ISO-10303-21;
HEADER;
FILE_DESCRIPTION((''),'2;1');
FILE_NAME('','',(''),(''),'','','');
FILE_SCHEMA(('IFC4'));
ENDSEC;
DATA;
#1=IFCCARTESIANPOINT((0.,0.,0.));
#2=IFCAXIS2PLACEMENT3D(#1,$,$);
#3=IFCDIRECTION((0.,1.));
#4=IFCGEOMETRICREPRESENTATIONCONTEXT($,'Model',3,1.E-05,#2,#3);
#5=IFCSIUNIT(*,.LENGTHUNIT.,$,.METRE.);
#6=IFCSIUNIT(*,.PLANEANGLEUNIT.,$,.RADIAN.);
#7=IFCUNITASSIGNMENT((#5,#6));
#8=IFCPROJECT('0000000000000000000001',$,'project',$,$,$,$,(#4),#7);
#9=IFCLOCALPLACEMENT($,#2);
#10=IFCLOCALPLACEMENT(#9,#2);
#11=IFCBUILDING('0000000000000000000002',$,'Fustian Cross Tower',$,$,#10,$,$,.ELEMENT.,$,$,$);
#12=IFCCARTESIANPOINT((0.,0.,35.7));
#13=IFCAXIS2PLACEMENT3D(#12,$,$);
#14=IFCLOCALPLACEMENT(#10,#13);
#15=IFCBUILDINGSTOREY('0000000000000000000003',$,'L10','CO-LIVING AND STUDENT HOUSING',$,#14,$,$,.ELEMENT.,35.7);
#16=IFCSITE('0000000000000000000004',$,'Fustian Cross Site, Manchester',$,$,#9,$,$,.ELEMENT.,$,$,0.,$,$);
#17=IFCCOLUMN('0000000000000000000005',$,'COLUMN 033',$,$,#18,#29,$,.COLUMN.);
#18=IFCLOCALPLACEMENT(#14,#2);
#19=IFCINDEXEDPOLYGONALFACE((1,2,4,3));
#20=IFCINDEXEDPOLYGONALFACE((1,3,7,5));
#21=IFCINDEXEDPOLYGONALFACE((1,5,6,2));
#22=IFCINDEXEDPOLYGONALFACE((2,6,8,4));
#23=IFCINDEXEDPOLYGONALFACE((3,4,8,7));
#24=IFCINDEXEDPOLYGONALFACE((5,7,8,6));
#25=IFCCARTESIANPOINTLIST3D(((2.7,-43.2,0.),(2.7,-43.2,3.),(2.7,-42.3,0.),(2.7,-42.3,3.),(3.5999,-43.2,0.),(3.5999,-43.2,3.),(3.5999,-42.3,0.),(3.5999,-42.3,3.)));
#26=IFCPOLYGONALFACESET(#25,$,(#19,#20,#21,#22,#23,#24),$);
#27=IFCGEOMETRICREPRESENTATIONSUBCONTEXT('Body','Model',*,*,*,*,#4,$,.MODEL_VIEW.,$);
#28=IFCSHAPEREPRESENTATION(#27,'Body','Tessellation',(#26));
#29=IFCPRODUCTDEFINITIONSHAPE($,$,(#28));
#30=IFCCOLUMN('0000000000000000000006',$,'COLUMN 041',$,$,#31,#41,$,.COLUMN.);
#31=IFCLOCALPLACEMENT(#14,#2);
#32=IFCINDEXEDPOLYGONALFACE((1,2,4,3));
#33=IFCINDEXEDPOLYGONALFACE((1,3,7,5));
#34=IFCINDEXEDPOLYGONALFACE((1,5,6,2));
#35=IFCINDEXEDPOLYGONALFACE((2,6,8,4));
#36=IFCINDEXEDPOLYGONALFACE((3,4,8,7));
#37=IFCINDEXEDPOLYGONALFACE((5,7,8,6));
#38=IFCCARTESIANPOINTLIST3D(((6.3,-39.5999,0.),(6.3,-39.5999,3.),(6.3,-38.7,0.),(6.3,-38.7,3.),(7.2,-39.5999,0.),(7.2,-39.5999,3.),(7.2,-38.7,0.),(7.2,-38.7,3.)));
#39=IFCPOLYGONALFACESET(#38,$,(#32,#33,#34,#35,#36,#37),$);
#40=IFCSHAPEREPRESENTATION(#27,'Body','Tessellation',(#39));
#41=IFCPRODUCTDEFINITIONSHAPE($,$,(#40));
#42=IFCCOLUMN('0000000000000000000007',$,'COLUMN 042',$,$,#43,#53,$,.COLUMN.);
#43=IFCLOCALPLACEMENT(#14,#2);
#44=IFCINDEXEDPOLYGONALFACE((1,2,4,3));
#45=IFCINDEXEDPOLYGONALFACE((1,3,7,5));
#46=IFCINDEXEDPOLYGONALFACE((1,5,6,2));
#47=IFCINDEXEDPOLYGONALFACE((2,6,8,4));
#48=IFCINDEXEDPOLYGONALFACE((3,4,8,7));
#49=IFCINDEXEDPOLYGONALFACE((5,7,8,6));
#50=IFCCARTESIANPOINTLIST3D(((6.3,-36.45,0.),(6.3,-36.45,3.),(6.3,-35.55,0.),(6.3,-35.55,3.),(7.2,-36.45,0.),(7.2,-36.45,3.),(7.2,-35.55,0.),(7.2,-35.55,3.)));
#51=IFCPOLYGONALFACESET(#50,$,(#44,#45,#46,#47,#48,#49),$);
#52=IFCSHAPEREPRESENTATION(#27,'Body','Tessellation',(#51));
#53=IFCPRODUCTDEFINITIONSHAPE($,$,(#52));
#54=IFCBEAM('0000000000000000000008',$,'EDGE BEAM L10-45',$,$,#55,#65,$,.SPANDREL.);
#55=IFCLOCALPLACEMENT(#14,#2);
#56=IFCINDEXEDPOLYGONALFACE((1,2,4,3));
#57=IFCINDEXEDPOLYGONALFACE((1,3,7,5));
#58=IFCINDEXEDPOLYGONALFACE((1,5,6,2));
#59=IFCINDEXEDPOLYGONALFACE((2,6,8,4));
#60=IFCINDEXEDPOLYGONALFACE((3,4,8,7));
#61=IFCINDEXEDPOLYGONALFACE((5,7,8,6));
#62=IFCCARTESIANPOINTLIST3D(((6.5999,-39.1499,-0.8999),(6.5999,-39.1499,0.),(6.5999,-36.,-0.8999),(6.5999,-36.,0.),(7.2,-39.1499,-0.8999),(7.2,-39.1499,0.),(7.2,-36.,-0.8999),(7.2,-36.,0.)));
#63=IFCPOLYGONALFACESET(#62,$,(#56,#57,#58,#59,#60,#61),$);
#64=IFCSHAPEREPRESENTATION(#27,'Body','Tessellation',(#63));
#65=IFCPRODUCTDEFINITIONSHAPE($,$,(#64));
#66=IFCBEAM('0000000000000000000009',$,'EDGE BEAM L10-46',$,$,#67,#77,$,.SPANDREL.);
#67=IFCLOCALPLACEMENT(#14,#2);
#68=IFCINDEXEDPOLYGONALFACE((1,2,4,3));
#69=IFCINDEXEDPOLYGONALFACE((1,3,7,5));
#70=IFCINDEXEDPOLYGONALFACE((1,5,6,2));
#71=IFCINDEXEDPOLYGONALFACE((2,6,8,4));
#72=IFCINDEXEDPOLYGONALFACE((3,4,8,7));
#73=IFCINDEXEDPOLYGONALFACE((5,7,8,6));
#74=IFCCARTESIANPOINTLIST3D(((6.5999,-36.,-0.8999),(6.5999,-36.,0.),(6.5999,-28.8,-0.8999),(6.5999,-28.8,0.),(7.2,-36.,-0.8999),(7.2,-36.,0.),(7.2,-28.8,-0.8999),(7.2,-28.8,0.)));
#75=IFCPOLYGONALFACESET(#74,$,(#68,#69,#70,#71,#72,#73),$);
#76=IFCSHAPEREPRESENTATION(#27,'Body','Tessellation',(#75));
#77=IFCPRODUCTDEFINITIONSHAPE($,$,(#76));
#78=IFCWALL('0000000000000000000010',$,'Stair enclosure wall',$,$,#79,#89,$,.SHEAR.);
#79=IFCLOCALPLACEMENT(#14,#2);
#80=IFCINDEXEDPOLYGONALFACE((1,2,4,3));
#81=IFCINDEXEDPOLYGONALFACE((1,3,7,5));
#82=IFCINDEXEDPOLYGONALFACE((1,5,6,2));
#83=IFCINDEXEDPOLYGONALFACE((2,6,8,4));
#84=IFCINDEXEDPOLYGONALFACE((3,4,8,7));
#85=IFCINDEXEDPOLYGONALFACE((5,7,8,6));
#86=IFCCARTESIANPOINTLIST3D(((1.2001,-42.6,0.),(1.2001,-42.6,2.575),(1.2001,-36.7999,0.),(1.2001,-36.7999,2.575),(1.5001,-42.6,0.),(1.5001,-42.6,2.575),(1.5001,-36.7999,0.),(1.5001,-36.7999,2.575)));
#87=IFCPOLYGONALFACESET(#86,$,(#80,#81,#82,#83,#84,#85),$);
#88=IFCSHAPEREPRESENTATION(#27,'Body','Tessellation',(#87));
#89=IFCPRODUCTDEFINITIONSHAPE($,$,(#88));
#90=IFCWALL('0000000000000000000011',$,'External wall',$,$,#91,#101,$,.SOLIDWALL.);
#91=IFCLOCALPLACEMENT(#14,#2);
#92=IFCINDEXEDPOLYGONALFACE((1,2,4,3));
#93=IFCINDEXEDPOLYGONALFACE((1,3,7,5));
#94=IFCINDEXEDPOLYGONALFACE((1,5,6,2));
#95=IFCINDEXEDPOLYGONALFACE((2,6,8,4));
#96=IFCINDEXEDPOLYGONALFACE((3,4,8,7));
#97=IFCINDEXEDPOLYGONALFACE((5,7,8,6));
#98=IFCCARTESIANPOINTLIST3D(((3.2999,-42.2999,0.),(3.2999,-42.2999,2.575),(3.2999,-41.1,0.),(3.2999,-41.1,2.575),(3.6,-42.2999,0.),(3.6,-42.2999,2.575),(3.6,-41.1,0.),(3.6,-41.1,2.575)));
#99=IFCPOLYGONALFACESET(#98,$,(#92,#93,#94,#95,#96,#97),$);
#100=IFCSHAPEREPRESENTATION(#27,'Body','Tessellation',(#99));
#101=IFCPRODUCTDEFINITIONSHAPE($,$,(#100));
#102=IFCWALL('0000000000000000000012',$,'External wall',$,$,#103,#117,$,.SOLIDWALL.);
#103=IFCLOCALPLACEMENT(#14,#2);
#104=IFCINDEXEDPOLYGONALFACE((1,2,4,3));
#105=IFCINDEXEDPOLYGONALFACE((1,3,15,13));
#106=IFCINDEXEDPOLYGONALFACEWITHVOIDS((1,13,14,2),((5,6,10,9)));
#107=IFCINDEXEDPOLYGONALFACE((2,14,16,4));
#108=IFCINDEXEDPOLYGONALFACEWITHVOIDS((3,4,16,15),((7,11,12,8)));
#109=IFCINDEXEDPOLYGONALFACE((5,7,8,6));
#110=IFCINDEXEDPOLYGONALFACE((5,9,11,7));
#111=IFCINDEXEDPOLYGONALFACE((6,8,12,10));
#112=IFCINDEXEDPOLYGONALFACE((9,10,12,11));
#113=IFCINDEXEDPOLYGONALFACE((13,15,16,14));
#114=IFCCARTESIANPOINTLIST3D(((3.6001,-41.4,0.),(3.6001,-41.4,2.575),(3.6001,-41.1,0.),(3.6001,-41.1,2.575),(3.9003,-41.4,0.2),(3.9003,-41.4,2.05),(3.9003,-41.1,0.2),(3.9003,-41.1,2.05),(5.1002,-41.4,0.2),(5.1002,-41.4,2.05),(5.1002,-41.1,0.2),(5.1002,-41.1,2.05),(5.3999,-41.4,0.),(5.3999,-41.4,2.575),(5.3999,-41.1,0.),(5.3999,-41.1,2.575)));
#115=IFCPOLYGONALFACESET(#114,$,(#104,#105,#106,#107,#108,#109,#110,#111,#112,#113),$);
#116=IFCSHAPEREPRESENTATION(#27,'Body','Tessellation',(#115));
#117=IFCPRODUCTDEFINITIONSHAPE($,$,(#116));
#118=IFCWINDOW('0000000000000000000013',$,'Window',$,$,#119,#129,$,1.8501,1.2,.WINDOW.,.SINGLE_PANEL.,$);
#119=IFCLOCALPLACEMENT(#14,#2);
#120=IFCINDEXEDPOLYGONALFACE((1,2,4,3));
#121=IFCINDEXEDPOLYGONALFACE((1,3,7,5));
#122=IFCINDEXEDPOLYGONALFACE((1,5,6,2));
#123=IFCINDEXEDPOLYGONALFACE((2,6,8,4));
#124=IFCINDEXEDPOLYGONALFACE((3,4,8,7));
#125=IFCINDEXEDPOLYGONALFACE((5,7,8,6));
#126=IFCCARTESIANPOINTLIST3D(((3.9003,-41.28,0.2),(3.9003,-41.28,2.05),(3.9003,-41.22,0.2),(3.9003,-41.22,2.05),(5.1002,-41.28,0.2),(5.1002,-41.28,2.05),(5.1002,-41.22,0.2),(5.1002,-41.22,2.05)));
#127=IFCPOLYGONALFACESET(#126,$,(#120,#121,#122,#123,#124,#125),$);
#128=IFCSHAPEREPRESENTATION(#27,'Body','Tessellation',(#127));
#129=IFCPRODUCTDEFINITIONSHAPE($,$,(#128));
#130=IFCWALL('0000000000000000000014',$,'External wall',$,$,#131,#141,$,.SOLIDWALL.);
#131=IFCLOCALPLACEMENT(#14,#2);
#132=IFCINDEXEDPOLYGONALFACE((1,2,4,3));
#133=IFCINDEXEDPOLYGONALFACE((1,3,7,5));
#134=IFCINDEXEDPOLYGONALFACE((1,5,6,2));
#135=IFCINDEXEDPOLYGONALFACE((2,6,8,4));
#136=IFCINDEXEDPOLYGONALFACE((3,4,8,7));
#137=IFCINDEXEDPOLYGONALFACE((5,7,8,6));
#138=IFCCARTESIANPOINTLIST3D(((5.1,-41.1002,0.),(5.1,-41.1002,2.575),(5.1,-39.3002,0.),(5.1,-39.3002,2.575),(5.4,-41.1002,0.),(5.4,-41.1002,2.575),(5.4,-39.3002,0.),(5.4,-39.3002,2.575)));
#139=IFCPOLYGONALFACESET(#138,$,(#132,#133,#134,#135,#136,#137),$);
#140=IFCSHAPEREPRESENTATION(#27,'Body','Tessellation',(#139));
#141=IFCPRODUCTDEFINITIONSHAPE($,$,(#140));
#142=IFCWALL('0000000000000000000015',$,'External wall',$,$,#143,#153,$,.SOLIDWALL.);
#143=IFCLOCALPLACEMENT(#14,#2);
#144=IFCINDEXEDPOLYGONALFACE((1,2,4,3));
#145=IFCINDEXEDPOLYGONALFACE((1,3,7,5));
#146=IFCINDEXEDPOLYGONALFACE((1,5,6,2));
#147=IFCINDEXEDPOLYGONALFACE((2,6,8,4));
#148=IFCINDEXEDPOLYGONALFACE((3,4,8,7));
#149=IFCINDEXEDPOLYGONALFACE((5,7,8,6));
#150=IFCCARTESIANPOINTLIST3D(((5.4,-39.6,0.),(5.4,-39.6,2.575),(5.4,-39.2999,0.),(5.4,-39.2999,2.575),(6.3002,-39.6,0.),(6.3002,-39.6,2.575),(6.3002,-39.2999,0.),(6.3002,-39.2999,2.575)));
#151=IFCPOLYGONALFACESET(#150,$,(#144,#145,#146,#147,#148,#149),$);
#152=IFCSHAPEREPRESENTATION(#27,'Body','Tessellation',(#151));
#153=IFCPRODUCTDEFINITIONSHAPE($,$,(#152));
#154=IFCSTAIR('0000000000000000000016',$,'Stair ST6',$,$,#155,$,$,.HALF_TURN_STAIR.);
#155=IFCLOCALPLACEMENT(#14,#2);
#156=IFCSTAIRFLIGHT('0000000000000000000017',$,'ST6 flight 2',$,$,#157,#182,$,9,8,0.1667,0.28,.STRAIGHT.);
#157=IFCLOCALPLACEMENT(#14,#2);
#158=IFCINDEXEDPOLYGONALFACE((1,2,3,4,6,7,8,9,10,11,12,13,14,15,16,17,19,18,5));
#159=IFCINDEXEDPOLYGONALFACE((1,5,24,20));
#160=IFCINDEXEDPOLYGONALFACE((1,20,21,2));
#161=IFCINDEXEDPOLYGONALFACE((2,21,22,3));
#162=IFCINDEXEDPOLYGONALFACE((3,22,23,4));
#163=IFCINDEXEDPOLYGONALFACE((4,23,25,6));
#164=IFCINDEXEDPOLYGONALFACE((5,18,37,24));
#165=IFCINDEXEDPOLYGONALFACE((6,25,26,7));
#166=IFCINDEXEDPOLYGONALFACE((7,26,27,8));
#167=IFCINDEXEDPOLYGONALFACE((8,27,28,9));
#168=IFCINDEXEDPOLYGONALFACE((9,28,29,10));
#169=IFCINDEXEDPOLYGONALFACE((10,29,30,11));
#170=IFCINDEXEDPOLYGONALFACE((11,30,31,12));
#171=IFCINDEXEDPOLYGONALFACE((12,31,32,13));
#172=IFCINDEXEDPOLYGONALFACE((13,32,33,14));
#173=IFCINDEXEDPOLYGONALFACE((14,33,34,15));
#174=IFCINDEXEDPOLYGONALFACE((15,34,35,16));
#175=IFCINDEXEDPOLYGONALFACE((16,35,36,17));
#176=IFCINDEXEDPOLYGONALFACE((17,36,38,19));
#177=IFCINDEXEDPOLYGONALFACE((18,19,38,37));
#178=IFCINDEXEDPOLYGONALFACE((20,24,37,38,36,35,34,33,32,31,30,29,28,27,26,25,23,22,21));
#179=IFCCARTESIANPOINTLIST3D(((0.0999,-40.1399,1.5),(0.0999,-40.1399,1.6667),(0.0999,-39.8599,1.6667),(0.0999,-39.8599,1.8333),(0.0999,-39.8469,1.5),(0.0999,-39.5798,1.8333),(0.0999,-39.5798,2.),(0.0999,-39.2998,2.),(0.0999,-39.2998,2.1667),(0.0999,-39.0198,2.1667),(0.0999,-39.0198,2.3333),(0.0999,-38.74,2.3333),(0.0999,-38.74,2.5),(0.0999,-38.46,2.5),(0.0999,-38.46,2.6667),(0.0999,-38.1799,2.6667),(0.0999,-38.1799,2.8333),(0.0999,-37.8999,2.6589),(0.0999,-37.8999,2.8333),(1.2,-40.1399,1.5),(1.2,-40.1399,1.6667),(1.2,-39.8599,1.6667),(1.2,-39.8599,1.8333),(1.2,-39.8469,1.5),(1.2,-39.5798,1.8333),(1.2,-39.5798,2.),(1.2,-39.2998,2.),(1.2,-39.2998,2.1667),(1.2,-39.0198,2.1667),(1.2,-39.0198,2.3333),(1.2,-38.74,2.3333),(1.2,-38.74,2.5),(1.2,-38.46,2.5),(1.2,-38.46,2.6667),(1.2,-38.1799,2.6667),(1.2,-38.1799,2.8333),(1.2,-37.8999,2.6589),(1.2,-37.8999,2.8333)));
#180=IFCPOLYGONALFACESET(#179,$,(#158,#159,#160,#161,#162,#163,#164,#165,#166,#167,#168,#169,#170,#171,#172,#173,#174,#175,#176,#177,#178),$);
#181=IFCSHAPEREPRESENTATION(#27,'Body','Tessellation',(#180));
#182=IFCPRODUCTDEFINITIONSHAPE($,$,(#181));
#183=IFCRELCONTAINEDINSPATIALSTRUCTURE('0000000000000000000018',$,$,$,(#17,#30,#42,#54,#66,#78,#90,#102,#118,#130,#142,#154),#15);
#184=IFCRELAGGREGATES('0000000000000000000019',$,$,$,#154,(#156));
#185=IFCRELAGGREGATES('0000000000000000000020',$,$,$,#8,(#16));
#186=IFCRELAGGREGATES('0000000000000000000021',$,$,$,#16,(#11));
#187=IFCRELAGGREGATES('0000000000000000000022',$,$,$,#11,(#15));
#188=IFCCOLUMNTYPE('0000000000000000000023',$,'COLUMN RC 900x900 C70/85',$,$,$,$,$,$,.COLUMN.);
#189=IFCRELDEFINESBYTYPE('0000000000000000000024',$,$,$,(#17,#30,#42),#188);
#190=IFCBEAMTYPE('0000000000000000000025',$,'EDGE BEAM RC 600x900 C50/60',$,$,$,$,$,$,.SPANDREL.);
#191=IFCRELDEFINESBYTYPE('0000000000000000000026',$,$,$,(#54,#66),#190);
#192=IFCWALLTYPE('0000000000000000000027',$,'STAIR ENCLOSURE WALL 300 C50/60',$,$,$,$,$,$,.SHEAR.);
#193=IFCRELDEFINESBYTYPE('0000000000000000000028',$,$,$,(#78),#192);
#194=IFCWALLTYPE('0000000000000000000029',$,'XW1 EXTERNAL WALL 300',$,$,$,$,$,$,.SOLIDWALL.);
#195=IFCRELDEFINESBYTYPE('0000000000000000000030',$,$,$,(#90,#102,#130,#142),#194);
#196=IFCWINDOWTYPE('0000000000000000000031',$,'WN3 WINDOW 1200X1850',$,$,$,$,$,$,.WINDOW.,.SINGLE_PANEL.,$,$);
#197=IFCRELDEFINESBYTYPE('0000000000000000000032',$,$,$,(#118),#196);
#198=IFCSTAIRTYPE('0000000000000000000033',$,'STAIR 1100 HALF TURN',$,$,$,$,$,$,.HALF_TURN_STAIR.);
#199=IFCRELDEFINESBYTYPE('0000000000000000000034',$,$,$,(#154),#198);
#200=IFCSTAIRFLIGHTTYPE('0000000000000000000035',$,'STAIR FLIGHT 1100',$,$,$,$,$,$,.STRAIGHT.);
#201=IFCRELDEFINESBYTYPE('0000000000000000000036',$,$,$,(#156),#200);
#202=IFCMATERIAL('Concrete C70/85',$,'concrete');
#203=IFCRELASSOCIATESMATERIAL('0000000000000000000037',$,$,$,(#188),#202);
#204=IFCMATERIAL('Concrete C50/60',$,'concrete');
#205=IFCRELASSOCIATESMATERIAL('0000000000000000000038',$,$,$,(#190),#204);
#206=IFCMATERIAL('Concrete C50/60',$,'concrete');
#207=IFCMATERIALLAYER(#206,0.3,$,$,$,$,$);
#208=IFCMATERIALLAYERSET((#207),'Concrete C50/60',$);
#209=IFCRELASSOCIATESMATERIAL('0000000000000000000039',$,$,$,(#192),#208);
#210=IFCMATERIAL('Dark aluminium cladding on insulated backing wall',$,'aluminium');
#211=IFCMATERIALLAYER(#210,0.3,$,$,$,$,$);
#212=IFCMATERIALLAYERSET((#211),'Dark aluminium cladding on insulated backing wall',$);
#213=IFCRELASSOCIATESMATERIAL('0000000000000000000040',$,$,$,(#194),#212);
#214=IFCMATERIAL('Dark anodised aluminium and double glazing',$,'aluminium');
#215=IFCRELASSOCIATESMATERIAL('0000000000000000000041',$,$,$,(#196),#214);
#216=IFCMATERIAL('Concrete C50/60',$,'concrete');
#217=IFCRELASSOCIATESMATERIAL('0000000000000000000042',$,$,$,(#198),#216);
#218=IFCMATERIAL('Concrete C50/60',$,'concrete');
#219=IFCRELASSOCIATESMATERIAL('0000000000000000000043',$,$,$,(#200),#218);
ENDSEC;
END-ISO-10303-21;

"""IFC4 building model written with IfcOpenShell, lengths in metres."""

from ifc_helpers import new_model, si_unit, direction, frame, frame_2d, origin, origin_2d, place, context, subcontext, project, spatial, polyline, rectangle, outline, extrude, material, layer, layer_set, material_profile, profile_set, type_object, element, fill, aggregate, save


model = new_model("IFC4")

# Units and contexts
model_context = context("Model", 3, precision=1e-05, world=origin(), true_north=direction((0.0, 1.0)))
body_context = subcontext(model_context, "Body", "Model", "MODEL_VIEW")
ifc_project = project(units=[si_unit("LENGTHUNIT", "METRE"), si_unit("PLANEANGLEUNIT", "RADIAN")], contexts=[model_context])

# Site, building, storey
site_placement = place(None, origin())
site = spatial("IfcSite", under=ifc_project, at=site_placement, Name="Fustian Cross Site, Manchester", CompositionType="ELEMENT", RefElevation=0.0)
building_placement = place(site_placement, origin())
building = spatial("IfcBuilding", under=site, at=building_placement, Name="Fustian Cross Tower", CompositionType="ELEMENT")
storey_placement = place(building_placement, frame((0.0, 0.0, 35.7)))
storey = spatial("IfcBuildingStorey", under=building, at=storey_placement, Name="L10", Description="CO-LIVING AND STUDENT HOUSING", CompositionType="ELEMENT", Elevation=35.7)

# Columns
ifc_material_1 = material(Name="Concrete C70/85", Category="concrete")
ifc_material_profile_1 = material_profile(ifc_material_1, rectangle(XDim=0.8999, YDim=0.8999, at=origin_2d()), Name="RC 900x900")
ifc_profile_set_1 = profile_set([ifc_material_profile_1], Name="Concrete C70/85")
column_type = type_object("IfcColumnType", Name="COLUMN RC 900x900 C70/85", PredefinedType="COLUMN", material=ifc_profile_set_1)
for number, where, z_axis, x_axis, name in (
    (1, (3.1499, -42.75, 0.0), (0.0, 0.0, 1.0), (1.0, 0.0, 0.0), "COLUMN 033"),
    (2, (6.75, -39.1499, 0.0), (0.0, 0.0, 1.0), (1.0, 0.0, 0.0), "COLUMN 041"),
    (3, (6.75, -36.0, 0.0), (0.0, 0.0, 1.0), (1.0, 0.0, 0.0), "COLUMN 042"),
):
    element("IfcColumn", number, at=place(storey_placement, frame(where, z_axis=z_axis, x_axis=x_axis)), inside=storey, type_object=column_type, Name=name, PredefinedType="COLUMN", context=body_context, shape_type="SweptSolid", body=[
        extrude(rectangle(XDim=0.8999, YDim=0.8999, at=origin_2d()), origin(), (0.0, 0.0, 1.0), 3.0),
    ])

# Beams
ifc_material_2 = material(Name="Concrete C50/60", Category="concrete")
ifc_material_profile_2 = material_profile(ifc_material_2, rectangle(XDim=0.6001, YDim=0.8999, at=origin_2d()), Name="RC 600x900")
ifc_profile_set_2 = profile_set([ifc_material_profile_2], Name="Concrete C50/60")
beam_type = type_object("IfcBeamType", Name="EDGE BEAM RC 600x900 C50/60", PredefinedType="SPANDREL", material=ifc_profile_set_2)
beam_1_placement = place(storey_placement, frame((6.8999, -39.1499, -0.45), z_axis=(0.0, 1.0, 0.0), x_axis=(-1.0, 0.0, 0.0)))
element("IfcBeam", 4, at=beam_1_placement, inside=storey, type_object=beam_type, Name="EDGE BEAM L10-45", PredefinedType="SPANDREL", context=body_context, shape_type="SweptSolid", body=[
    extrude(rectangle(XDim=0.6001, YDim=0.8999, at=origin_2d()), origin(), (0.0, 0.0, 1.0), 3.1499),
])
beam_2_placement = place(storey_placement, frame((6.8999, -36.0, -0.45), z_axis=(0.0, 1.0, 0.0), x_axis=(-1.0, 0.0, 0.0)))
element("IfcBeam", 5, at=beam_2_placement, inside=storey, type_object=beam_type, Name="EDGE BEAM L10-46", PredefinedType="SPANDREL", context=body_context, shape_type="SweptSolid", body=[
    extrude(rectangle(XDim=0.6001, YDim=0.8999, at=origin_2d()), origin(), (0.0, 0.0, 1.0), 7.2),
])

# Walls
ifc_material_3 = material(Name="Concrete C50/60", Category="concrete")
ifc_layer_1 = layer(ifc_material_3, 0.3)
ifc_layer_set_1 = layer_set([ifc_layer_1], Name="Concrete C50/60")
wall_type_1 = type_object("IfcWallType", Name="STAIR ENCLOSURE WALL 300 C50/60", PredefinedType="SHEAR", material=ifc_layer_set_1)
wall_1_placement = place(storey_placement, frame((1.3501, -36.8, 0.0), z_axis=(0.0, 0.0, 1.0), x_axis=(0.0, -1.0, 0.0)))
element("IfcWall", 6, at=wall_1_placement, inside=storey, type_object=wall_type_1, Name="Stair enclosure wall", PredefinedType="SHEAR", context=body_context, shape_type="SweptSolid", body=[
    extrude(rectangle(XDim=5.8, YDim=0.3, at=frame_2d((2.8999, 0.0))), origin(), (0.0, 0.0, 1.0), 2.575),
])
ifc_material_4 = material(Name="Dark aluminium cladding on insulated backing wall", Category="aluminium")
ifc_layer_2 = layer(ifc_material_4, 0.3)
ifc_layer_set_2 = layer_set([ifc_layer_2], Name="Dark aluminium cladding on insulated backing wall")
wall_type_2 = type_object("IfcWallType", Name="XW1 EXTERNAL WALL 300", PredefinedType="SOLIDWALL", material=ifc_layer_set_2)
wall_2_placement = place(storey_placement, frame((3.45, -42.3, 0.0), z_axis=(0.0, 0.0, 1.0), x_axis=(0.0, 1.0, 0.0)))
element("IfcWall", 7, at=wall_2_placement, inside=storey, type_object=wall_type_2, Name="External wall", PredefinedType="SOLIDWALL", context=body_context, shape_type="SweptSolid", body=[
    extrude(rectangle(XDim=1.2, YDim=0.3, at=frame_2d((0.6001, 0.0))), origin(), (0.0, 0.0, 1.0), 2.575),
])

# Wall, opening, window
wall_3_placement = place(storey_placement, frame((3.6001, -41.25, 0.0), z_axis=(0.0, 0.0, 1.0), x_axis=(1.0, 0.0, 0.0)))
wall_3 = element("IfcWall", 8, at=wall_3_placement, inside=storey, type_object=wall_type_2, Name="External wall", PredefinedType="SOLIDWALL", context=body_context, shape_type="SweptSolid", body=[
    extrude(rectangle(XDim=1.7998, YDim=0.3, at=frame_2d((0.8999, 0.0))), origin(), (0.0, 0.0, 1.0), 2.575),
])
opening_1_placement = place(wall_3_placement, frame((0.3, 0.0, 0.2)))
opening_1 = element("IfcOpeningElement", 9, at=opening_1_placement, cuts=wall_3, PredefinedType="OPENING", context=body_context, shape_type="SweptSolid", body=[
    extrude(rectangle(XDim=1.2, YDim=1.8501, at=frame_2d((0.6001, 0.925))), frame((0.0, 0.1599, 0.0), z_axis=(0.0, -1.0, 0.0), x_axis=(1.0, 0.0, 0.0)), (0.0, 0.0, 1.0), 0.3201),
])
ifc_material_5 = material(Name="Dark anodised aluminium and double glazing", Category="aluminium")
window_type = type_object("IfcWindowType", Name="WN3 WINDOW 1200X1850", PartitioningType="SINGLE_PANEL", PredefinedType="WINDOW", material=ifc_material_5)
window_placement = place(opening_1_placement, origin())
window = element("IfcWindow", 10, at=window_placement, inside=storey, type_object=window_type, Name="Window", OverallHeight=1.8501, OverallWidth=1.2, PartitioningType="SINGLE_PANEL", PredefinedType="WINDOW", context=body_context, shape_type="SweptSolid", body=[
    extrude(rectangle(XDim=1.2, YDim=1.8501, at=frame_2d((0.6001, 0.925))), frame((0.0, 0.03, 0.0), z_axis=(0.0, -1.0, 0.0), x_axis=(1.0, 0.0, 0.0)), (0.0, 0.0, 1.0), 0.0601),
])
fill(opening_1, window)

# Walls
wall_4_placement = place(storey_placement, frame((5.25, -41.1001, 0.0), z_axis=(0.0, 0.0, 1.0), x_axis=(0.0, 1.0, 0.0)))
element("IfcWall", 11, at=wall_4_placement, inside=storey, type_object=wall_type_2, Name="External wall", PredefinedType="SOLIDWALL", context=body_context, shape_type="SweptSolid", body=[
    extrude(rectangle(XDim=1.8, YDim=0.3, at=frame_2d((0.8999, 0.0))), origin(), (0.0, 0.0, 1.0), 2.575),
])
wall_5_placement = place(storey_placement, frame((5.3999, -39.45, 0.0), z_axis=(0.0, 0.0, 1.0), x_axis=(1.0, 0.0, 0.0)))
element("IfcWall", 12, at=wall_5_placement, inside=storey, type_object=wall_type_2, Name="External wall", PredefinedType="SOLIDWALL", context=body_context, shape_type="SweptSolid", body=[
    extrude(rectangle(XDim=0.9001, YDim=0.3, at=frame_2d((0.4502, 0.0))), origin(), (0.0, 0.0, 1.0), 2.575),
])

# Stair, stair flight
ifc_material_6 = material(Name="Concrete C50/60", Category="concrete")
stair_type = type_object("IfcStairType", Name="STAIR 1100 HALF TURN", PredefinedType="HALF_TURN_STAIR", material=ifc_material_6)
stair_placement = place(storey_placement, origin())
stair = element("IfcStair", 13, at=stair_placement, inside=storey, type_object=stair_type, Name="Stair ST6", PredefinedType="HALF_TURN_STAIR")
ifc_material_7 = material(Name="Concrete C50/60", Category="concrete")
stair_flight_type = type_object("IfcStairFlightType", Name="STAIR FLIGHT 1100", PredefinedType="STRAIGHT", material=ifc_material_7)
stair_flight_placement = place(storey_placement, frame((0.6499, -40.1399, 1.5), z_axis=(0.0, 0.0, 1.0), x_axis=(0.0, 1.0, 0.0)))
stair_flight = element("IfcStairFlight", 14, at=stair_flight_placement, type_object=stair_flight_type, Name="ST6 flight 2", NumberOfRisers=9, NumberOfTreads=8, PredefinedType="STRAIGHT", RiserHeight=0.1667, TreadLength=0.28, context=body_context, shape_type="SweptSolid", body=[
    extrude(outline(polyline([(0.0, 0.0), (0.0, 0.1667), (0.28, 0.1667), (0.28, 0.3333), (0.5601, 0.3333), (0.5601, 0.5), (0.8401, 0.5), (0.8401, 0.6667), (1.1201, 0.6667), (1.1201, 0.8333), (1.3999, 0.8333), (1.3999, 1.0), (1.6799, 1.0), (1.6799, 1.1667), (1.96, 1.1667), (1.96, 1.3333), (2.24, 1.3333), (2.24, 1.5), (2.24, 1.1589), (0.293, 0.0), (0.0, 0.0)])), frame((0.0, 0.55, 0.0), z_axis=(0.0, -1.0, 0.0), x_axis=(1.0, 0.0, 0.0)), (0.0, 0.0, 1.0), 1.1001),
])
aggregate(stair, [stair_flight])

save(model, "model.ifc")
